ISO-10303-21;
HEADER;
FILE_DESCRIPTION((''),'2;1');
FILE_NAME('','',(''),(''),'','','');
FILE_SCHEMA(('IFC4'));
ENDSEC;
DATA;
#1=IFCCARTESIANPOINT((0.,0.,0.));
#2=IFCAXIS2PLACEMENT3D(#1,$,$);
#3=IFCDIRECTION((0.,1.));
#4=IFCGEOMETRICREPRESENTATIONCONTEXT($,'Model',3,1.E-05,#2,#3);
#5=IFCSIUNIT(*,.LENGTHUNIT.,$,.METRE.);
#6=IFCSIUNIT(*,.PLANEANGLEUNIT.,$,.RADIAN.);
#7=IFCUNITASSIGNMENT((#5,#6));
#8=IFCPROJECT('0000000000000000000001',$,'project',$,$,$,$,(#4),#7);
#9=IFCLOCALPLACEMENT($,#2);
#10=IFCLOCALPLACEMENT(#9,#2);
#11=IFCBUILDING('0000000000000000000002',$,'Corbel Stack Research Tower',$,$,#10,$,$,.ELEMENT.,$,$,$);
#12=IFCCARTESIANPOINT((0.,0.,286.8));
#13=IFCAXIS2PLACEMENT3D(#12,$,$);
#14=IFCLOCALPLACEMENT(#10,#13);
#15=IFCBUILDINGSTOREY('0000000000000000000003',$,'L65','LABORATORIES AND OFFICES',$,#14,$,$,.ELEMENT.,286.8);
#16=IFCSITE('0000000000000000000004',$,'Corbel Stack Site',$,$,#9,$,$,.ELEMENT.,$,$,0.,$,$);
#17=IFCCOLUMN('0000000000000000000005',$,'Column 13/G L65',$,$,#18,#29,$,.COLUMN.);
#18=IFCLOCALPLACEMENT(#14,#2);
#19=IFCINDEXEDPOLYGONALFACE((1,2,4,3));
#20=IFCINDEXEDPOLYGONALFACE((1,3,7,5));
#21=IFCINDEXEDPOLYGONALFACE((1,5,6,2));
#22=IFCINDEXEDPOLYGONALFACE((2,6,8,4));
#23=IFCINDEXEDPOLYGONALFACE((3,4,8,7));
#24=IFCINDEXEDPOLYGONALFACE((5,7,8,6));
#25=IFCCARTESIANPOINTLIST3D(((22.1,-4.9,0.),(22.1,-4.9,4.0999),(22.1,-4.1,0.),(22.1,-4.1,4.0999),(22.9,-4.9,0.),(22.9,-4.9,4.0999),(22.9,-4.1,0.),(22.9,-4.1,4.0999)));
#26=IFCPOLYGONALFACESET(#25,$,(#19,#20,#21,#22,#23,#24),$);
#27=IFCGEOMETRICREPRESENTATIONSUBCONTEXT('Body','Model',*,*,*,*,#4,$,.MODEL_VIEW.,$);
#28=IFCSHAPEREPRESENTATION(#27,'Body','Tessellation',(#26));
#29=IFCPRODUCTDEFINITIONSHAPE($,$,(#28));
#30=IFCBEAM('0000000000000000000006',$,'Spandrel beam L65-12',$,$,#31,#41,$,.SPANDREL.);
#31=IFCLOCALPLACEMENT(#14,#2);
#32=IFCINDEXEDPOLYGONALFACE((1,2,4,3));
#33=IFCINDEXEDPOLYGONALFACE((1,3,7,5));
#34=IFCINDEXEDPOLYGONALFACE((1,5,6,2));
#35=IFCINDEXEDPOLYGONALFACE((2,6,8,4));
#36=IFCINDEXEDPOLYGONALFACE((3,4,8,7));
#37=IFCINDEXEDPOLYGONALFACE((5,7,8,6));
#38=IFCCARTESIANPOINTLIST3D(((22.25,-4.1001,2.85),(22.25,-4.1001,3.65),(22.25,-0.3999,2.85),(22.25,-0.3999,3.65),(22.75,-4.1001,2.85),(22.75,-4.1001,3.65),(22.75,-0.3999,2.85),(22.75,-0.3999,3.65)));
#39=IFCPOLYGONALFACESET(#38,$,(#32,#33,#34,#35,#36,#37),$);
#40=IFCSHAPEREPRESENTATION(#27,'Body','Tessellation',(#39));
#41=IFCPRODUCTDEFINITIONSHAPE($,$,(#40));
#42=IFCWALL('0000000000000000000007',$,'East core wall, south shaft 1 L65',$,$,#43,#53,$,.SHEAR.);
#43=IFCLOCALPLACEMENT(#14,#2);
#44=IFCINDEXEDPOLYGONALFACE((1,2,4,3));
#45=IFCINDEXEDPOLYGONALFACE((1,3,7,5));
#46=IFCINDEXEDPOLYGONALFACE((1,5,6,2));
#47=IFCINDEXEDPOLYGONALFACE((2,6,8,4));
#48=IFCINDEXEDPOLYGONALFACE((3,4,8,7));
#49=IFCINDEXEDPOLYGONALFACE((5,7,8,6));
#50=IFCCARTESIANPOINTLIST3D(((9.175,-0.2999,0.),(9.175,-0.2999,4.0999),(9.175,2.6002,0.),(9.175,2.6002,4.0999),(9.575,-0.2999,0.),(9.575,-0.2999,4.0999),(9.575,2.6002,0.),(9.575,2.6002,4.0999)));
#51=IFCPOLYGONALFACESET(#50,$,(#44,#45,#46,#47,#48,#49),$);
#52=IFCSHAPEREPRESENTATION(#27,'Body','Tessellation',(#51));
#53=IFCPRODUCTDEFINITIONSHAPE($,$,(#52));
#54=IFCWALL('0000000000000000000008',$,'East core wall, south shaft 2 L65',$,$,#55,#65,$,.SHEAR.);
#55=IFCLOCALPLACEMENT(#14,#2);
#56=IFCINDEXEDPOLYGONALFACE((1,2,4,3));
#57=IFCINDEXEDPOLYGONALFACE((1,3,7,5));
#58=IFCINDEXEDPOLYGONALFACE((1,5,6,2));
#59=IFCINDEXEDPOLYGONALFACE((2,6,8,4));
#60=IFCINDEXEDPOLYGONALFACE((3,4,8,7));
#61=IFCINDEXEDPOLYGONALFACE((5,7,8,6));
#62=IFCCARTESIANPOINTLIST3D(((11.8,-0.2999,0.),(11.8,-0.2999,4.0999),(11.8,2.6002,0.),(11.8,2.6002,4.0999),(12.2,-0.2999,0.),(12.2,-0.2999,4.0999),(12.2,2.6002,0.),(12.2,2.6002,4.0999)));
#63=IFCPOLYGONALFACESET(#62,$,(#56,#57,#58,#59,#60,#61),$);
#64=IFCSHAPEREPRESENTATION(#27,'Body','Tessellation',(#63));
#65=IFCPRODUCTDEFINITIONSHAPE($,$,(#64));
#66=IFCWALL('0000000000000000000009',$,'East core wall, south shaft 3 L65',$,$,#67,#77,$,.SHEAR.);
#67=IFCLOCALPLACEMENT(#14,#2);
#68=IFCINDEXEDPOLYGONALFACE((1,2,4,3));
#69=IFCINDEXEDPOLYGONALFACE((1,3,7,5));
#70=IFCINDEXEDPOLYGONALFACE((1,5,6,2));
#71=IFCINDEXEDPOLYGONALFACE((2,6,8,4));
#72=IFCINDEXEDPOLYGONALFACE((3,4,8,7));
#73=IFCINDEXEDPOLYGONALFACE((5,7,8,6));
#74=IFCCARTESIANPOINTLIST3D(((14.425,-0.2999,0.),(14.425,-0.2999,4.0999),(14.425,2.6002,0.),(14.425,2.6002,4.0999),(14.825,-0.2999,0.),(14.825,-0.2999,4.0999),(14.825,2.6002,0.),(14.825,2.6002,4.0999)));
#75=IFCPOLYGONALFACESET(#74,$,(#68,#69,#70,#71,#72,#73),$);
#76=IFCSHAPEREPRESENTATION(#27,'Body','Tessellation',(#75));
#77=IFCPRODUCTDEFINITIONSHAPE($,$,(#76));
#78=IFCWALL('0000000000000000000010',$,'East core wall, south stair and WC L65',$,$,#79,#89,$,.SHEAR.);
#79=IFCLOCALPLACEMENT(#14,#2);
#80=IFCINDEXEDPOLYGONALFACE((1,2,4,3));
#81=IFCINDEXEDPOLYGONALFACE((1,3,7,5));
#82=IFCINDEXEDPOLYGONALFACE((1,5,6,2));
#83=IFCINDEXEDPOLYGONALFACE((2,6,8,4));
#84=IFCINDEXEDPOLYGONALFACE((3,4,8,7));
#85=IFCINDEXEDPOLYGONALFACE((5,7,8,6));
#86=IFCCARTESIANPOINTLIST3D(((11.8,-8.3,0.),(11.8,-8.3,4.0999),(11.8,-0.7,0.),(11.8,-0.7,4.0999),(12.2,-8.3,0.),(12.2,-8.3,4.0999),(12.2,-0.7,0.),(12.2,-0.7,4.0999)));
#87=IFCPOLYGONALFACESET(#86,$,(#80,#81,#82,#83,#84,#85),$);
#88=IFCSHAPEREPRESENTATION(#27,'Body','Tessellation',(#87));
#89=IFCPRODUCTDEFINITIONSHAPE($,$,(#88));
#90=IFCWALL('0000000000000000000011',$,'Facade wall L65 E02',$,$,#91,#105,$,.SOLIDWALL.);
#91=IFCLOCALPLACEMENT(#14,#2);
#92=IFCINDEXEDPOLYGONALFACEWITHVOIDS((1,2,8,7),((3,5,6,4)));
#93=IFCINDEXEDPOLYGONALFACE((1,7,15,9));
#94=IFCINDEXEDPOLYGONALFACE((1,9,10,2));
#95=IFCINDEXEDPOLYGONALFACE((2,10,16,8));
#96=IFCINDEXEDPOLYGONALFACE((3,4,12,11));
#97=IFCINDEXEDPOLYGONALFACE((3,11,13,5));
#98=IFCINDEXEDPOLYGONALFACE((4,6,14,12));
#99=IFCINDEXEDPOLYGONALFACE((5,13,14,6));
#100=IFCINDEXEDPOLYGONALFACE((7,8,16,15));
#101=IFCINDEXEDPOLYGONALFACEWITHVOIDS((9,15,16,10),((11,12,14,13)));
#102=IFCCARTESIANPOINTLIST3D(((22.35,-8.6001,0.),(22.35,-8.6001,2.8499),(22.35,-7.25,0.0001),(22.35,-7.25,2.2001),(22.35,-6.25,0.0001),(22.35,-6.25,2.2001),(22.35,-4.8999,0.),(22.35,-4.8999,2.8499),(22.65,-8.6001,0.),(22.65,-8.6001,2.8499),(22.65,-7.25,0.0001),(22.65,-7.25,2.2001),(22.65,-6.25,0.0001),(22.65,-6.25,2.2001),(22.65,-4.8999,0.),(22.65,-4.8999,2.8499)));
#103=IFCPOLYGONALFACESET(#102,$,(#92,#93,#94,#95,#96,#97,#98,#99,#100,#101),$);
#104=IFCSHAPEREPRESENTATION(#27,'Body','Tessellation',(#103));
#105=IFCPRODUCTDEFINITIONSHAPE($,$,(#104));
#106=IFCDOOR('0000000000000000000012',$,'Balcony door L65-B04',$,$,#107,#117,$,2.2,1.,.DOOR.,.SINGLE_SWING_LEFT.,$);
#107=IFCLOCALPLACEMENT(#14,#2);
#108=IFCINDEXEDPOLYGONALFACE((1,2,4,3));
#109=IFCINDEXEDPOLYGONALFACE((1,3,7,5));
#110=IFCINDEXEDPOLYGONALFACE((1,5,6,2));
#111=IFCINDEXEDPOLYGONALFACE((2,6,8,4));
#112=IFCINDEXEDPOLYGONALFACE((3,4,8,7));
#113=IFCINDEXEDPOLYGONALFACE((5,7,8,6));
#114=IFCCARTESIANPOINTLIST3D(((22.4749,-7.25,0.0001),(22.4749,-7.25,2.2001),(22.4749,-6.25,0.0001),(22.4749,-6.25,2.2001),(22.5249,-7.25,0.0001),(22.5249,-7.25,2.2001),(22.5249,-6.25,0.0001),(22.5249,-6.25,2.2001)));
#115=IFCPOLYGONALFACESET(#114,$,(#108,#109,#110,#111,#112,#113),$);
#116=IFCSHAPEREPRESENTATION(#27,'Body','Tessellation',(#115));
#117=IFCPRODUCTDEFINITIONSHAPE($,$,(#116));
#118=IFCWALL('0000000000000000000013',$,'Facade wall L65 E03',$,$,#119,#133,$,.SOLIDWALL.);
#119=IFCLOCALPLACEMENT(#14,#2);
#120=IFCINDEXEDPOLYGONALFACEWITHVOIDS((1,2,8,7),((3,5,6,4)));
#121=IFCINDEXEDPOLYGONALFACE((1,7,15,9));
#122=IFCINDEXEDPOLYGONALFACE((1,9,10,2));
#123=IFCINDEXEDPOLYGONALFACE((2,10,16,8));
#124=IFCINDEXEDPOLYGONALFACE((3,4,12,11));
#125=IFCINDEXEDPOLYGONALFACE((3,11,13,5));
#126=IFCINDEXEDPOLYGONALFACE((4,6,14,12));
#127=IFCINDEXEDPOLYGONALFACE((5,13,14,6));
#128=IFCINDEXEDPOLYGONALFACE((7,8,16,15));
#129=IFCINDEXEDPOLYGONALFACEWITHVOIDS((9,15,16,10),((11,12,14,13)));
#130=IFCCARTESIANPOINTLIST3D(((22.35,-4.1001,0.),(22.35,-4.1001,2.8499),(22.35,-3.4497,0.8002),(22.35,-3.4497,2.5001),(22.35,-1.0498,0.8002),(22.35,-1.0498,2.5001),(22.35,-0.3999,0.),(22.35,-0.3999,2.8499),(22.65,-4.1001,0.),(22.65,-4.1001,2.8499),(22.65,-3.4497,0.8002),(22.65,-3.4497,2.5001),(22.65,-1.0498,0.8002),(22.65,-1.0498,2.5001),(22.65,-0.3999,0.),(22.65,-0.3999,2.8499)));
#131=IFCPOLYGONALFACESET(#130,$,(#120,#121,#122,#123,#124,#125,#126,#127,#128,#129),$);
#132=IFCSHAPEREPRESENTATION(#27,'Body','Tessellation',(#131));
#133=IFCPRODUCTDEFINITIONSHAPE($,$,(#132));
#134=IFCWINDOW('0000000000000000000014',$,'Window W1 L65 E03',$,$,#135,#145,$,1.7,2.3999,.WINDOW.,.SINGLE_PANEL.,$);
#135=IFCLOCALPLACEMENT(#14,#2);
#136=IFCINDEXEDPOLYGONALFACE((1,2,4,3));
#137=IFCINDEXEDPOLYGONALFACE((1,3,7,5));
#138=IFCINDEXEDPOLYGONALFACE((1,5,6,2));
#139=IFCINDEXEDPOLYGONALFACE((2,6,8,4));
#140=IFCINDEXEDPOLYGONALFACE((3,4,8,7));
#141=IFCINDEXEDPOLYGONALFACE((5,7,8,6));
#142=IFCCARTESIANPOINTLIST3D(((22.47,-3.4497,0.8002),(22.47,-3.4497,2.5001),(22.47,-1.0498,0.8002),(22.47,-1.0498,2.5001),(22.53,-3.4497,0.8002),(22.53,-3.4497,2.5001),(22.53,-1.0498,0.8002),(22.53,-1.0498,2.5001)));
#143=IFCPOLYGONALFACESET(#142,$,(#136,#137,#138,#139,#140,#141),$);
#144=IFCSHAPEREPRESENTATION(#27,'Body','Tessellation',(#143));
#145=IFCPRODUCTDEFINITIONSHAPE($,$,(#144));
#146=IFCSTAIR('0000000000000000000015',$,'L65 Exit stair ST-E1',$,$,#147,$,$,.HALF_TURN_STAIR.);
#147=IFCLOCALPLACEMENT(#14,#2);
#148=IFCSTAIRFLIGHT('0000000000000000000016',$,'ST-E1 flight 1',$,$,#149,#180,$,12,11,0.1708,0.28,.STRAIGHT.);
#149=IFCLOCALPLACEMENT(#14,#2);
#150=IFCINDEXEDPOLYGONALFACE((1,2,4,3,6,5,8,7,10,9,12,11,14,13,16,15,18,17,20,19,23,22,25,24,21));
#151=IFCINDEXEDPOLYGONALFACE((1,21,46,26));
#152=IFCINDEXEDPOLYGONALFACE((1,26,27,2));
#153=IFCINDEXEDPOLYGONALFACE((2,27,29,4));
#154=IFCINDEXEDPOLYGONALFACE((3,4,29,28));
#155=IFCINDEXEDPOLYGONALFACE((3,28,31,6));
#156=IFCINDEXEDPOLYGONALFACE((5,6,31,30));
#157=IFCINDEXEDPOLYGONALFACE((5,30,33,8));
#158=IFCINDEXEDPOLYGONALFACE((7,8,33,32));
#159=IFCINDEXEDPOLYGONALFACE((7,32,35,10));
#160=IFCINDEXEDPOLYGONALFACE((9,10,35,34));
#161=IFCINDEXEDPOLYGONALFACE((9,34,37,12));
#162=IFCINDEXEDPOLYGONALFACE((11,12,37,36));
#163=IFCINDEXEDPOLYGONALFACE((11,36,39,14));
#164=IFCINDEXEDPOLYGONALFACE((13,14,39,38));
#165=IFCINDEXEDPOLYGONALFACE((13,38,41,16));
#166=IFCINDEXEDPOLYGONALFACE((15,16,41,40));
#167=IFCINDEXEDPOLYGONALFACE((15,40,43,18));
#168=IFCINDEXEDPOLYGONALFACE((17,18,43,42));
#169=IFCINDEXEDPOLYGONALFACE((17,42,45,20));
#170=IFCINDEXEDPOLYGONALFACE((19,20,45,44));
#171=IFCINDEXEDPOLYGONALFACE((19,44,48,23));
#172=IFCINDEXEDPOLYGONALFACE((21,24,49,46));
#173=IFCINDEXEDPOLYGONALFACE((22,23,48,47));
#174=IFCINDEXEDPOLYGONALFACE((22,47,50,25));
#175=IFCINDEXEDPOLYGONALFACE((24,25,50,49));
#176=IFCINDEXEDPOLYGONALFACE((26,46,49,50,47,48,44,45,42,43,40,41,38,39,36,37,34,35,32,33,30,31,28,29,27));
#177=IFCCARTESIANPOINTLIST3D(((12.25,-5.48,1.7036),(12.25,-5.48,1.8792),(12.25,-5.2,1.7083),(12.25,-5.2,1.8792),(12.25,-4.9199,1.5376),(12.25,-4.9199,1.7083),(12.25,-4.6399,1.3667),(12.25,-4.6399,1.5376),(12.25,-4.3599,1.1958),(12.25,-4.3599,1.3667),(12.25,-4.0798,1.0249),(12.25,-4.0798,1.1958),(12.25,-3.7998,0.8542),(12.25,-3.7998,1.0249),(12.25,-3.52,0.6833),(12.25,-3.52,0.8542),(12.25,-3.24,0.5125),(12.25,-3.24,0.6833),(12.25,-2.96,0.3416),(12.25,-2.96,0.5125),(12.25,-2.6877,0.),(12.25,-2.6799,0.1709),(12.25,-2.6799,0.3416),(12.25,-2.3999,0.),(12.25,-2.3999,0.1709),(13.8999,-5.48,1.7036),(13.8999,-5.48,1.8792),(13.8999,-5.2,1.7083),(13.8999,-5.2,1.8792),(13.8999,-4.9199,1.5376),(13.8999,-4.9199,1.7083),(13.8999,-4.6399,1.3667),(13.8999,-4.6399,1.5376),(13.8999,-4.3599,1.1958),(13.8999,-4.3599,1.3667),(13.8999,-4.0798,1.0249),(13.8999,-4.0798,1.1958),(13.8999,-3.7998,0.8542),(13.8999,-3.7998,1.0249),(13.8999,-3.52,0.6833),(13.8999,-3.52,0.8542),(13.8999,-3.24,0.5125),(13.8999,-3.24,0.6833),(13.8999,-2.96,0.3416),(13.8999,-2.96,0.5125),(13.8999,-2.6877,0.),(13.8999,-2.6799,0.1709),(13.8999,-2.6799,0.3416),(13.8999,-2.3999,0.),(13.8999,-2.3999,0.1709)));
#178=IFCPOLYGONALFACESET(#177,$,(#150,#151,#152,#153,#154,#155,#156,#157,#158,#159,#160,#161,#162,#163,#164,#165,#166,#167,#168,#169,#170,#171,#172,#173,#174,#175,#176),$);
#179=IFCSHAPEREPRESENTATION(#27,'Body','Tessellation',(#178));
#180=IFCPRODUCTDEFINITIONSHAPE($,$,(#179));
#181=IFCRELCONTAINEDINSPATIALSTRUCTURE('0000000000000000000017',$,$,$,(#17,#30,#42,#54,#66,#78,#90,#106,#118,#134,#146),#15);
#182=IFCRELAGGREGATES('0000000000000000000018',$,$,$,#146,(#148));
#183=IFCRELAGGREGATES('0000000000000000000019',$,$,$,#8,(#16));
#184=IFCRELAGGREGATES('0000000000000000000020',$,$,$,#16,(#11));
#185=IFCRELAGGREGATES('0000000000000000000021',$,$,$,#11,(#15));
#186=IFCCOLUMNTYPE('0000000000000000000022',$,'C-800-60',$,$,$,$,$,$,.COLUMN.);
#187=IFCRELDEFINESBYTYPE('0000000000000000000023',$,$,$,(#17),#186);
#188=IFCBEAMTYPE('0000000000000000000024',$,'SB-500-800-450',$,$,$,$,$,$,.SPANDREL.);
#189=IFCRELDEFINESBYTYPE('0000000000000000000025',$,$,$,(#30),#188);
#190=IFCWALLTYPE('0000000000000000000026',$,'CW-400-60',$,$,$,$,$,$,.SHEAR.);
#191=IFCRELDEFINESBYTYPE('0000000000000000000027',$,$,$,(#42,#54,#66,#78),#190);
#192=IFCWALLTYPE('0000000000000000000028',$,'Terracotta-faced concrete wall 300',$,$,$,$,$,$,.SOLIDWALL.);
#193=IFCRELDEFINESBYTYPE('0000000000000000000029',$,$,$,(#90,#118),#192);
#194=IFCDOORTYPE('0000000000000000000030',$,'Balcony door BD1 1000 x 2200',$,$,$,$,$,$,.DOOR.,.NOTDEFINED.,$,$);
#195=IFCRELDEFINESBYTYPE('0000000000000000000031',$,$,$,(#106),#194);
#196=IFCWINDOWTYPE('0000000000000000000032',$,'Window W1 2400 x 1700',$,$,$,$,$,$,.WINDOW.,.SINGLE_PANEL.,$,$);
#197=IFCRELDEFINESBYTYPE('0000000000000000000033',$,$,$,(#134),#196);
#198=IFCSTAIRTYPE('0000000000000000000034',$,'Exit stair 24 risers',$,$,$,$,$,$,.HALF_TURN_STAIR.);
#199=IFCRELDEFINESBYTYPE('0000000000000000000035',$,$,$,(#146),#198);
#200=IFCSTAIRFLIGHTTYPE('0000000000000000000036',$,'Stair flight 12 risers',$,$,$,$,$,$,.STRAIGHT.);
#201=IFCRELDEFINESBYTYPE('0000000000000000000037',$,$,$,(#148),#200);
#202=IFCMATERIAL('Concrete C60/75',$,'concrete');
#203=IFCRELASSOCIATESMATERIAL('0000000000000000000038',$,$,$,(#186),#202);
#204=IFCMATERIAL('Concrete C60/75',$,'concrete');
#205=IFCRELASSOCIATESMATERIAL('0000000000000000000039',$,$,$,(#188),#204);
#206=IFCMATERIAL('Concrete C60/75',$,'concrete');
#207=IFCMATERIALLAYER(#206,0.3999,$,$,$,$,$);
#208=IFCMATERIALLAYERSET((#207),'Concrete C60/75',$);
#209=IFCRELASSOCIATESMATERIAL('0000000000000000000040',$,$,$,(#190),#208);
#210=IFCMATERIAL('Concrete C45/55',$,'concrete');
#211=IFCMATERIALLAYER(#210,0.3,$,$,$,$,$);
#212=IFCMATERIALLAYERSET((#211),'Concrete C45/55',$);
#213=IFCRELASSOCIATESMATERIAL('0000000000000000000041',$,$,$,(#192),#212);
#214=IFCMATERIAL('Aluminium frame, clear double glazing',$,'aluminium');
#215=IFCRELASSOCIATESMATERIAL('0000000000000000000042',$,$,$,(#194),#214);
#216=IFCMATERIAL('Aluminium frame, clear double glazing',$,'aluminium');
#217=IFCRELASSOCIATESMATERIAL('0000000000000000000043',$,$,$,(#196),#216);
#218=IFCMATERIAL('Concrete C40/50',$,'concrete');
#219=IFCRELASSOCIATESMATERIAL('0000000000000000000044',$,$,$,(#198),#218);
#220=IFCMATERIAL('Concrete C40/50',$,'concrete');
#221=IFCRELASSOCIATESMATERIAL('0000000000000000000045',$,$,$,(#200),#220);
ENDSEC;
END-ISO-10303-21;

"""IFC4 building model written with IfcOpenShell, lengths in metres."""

from ifc_helpers import new_model, si_unit, direction, frame, frame_2d, origin, origin_2d, place, context, subcontext, project, spatial, polyline, rectangle, outline, extrude, material, layer, layer_set, material_profile, profile_set, type_object, element, fill, aggregate, save


model = new_model("IFC4")

# Units and contexts
model_context = context("Model", 3, precision=1e-05, world=origin(), true_north=direction((0.0, 1.0)))
body_context = subcontext(model_context, "Body", "Model", "MODEL_VIEW")
ifc_project = project(units=[si_unit("LENGTHUNIT", "METRE"), si_unit("PLANEANGLEUNIT", "RADIAN")], contexts=[model_context])

# Site, building, storey
site_placement = place(None, origin())
site = spatial("IfcSite", under=ifc_project, at=site_placement, Name="Corbel Stack Site", CompositionType="ELEMENT", RefElevation=0.0)
building_placement = place(site_placement, origin())
building = spatial("IfcBuilding", under=site, at=building_placement, Name="Corbel Stack Research Tower", CompositionType="ELEMENT")
storey_placement = place(building_placement, frame((0.0, 0.0, 286.8)))
storey = spatial("IfcBuildingStorey", under=building, at=storey_placement, Name="L65", Description="LABORATORIES AND OFFICES", CompositionType="ELEMENT", Elevation=286.8)

# Column
ifc_material_1 = material(Name="Concrete C60/75", Category="concrete")
ifc_material_profile_1 = material_profile(ifc_material_1, rectangle(XDim=0.8, YDim=0.8, at=origin_2d()), Name="RC 800 x 800")
ifc_profile_set_1 = profile_set([ifc_material_profile_1], Name="Concrete C60/75")
column_type = type_object("IfcColumnType", Name="C-800-60", PredefinedType="COLUMN", material=ifc_profile_set_1)
column_placement = place(storey_placement, frame((22.5, -4.5, 0.0), z_axis=(0.0, 0.0, 1.0), x_axis=(1.0, 0.0, 0.0)))
element("IfcColumn", 1, at=column_placement, inside=storey, type_object=column_type, Name="Column 13/G L65", PredefinedType="COLUMN", context=body_context, shape_type="SweptSolid", body=[
    extrude(rectangle(XDim=0.8, YDim=0.8, at=origin_2d()), origin(), (0.0, 0.0, 1.0), 4.0999),
])

# Beam
ifc_material_2 = material(Name="Concrete C60/75", Category="concrete")
ifc_material_profile_2 = material_profile(ifc_material_2, rectangle(XDim=0.5, YDim=0.8, at=origin_2d()), Name="RC 500 x 800")
ifc_profile_set_2 = profile_set([ifc_material_profile_2], Name="Concrete C60/75")
beam_type = type_object("IfcBeamType", Name="SB-500-800-450", PredefinedType="SPANDREL", material=ifc_profile_set_2)
beam_placement = place(storey_placement, frame((22.5, -4.1001, 3.25), z_axis=(0.0, 1.0, 0.0), x_axis=(-1.0, 0.0, 0.0)))
element("IfcBeam", 2, at=beam_placement, inside=storey, type_object=beam_type, Name="Spandrel beam L65-12", PredefinedType="SPANDREL", context=body_context, shape_type="SweptSolid", body=[
    extrude(rectangle(XDim=0.5, YDim=0.8, at=origin_2d()), origin(), (0.0, 0.0, 1.0), 3.7002),
])

# Walls
ifc_material_3 = material(Name="Concrete C60/75", Category="concrete")
ifc_layer_1 = layer(ifc_material_3, 0.3999)
ifc_layer_set_1 = layer_set([ifc_layer_1], Name="Concrete C60/75")
wall_type_1 = type_object("IfcWallType", Name="CW-400-60", PredefinedType="SHEAR", material=ifc_layer_set_1)
for number, where, z_axis, x_axis, name in (
    (3, (9.375, -0.3, 0.0), (0.0, 0.0, 1.0), (0.0, 1.0, 0.0), "East core wall, south shaft 1 L65"),
    (4, (12.0, -0.3, 0.0), (0.0, 0.0, 1.0), (0.0, 1.0, 0.0), "East core wall, south shaft 2 L65"),
    (5, (14.625, -0.3, 0.0), (0.0, 0.0, 1.0), (0.0, 1.0, 0.0), "East core wall, south shaft 3 L65"),
):
    element("IfcWall", number, at=place(storey_placement, frame(where, z_axis=z_axis, x_axis=x_axis)), inside=storey, type_object=wall_type_1, Name=name, PredefinedType="SHEAR", context=body_context, shape_type="SweptSolid", body=[
        extrude(rectangle(XDim=2.9001, YDim=0.3999, at=frame_2d((1.4502, 0.0))), origin(), (0.0, 0.0, 1.0), 4.0999),
    ])
wall_1_placement = place(storey_placement, frame((12.0, -8.3, 0.0), z_axis=(0.0, 0.0, 1.0), x_axis=(0.0, 1.0, 0.0)))
element("IfcWall", 6, at=wall_1_placement, inside=storey, type_object=wall_type_1, Name="East core wall, south stair and WC L65", PredefinedType="SHEAR", context=body_context, shape_type="SweptSolid", body=[
    extrude(rectangle(XDim=7.6001, YDim=0.3999, at=frame_2d((3.8, 0.0))), origin(), (0.0, 0.0, 1.0), 4.0999),
])

# Wall, opening, door
ifc_material_4 = material(Name="Concrete C45/55", Category="concrete")
ifc_layer_2 = layer(ifc_material_4, 0.3)
ifc_layer_set_2 = layer_set([ifc_layer_2], Name="Concrete C45/55")
wall_type_2 = type_object("IfcWallType", Name="Terracotta-faced concrete wall 300", PredefinedType="SOLIDWALL", material=ifc_layer_set_2)
wall_2_placement = place(storey_placement, frame((22.5, -4.8999, 0.0), z_axis=(0.0, 0.0, 1.0), x_axis=(0.0, -1.0, 0.0)))
wall_2 = element("IfcWall", 7, at=wall_2_placement, inside=storey, type_object=wall_type_2, Name="Facade wall L65 E02", PredefinedType="SOLIDWALL", context=body_context, shape_type="SweptSolid", body=[
    extrude(rectangle(XDim=3.7002, YDim=0.3, at=frame_2d((1.8501, 0.0))), origin(), (0.0, 0.0, 1.0), 2.8499),
])
opening_1_placement = place(wall_2_placement, frame((1.3501, 0.0, 0.0)))
opening_1 = element("IfcOpeningElement", 8, at=opening_1_placement, cuts=wall_2, PredefinedType="OPENING", context=body_context, shape_type="SweptSolid", body=[
    extrude(rectangle(XDim=1.0, YDim=2.2, at=frame_2d((0.5, 1.1001))), frame((0.0, 0.1599, 0.0), z_axis=(0.0, -1.0, 0.0), x_axis=(1.0, 0.0, 0.0)), (0.0, 0.0, 1.0), 0.3201),
])
ifc_material_5 = material(Name="Aluminium frame, clear double glazing", Category="aluminium")
door_type = type_object("IfcDoorType", Name="Balcony door BD1 1000 x 2200", OperationType="NOTDEFINED", PredefinedType="DOOR", material=ifc_material_5)
door_placement = place(opening_1_placement, origin())
door = element("IfcDoor", 9, at=door_placement, inside=storey, type_object=door_type, Name="Balcony door L65-B04", OperationType="SINGLE_SWING_LEFT", OverallHeight=2.2, OverallWidth=1.0, PredefinedType="DOOR", context=body_context, shape_type="SweptSolid", body=[
    extrude(rectangle(XDim=1.0, YDim=2.2, at=frame_2d((0.5, 1.1001))), frame((0.0, 0.0249, 0.0), z_axis=(0.0, -1.0, 0.0), x_axis=(1.0, 0.0, 0.0)), (0.0, 0.0, 1.0), 0.05),
])
fill(opening_1, door)

# Wall, opening, window
wall_3_placement = place(storey_placement, frame((22.5, -0.3999, 0.0), z_axis=(0.0, 0.0, 1.0), x_axis=(0.0, -1.0, 0.0)))
wall_3 = element("IfcWall", 10, at=wall_3_placement, inside=storey, type_object=wall_type_2, Name="Facade wall L65 E03", PredefinedType="SOLIDWALL", context=body_context, shape_type="SweptSolid", body=[
    extrude(rectangle(XDim=3.7002, YDim=0.3, at=frame_2d((1.8501, 0.0))), origin(), (0.0, 0.0, 1.0), 2.8499),
])
opening_2_placement = place(wall_3_placement, frame((0.6499, 0.0, 0.8)))
opening_2 = element("IfcOpeningElement", 11, at=opening_2_placement, cuts=wall_3, PredefinedType="OPENING", context=body_context, shape_type="SweptSolid", body=[
    extrude(rectangle(XDim=2.3999, YDim=1.7, at=frame_2d((1.2, 0.8501))), frame((0.0, 0.1599, 0.0), z_axis=(0.0, -1.0, 0.0), x_axis=(1.0, 0.0, 0.0)), (0.0, 0.0, 1.0), 0.3201),
])
ifc_material_6 = material(Name="Aluminium frame, clear double glazing", Category="aluminium")
window_type = type_object("IfcWindowType", Name="Window W1 2400 x 1700", PartitioningType="SINGLE_PANEL", PredefinedType="WINDOW", material=ifc_material_6)
window_placement = place(opening_2_placement, origin())
window = element("IfcWindow", 12, at=window_placement, inside=storey, type_object=window_type, Name="Window W1 L65 E03", OverallHeight=1.7, OverallWidth=2.3999, PartitioningType="SINGLE_PANEL", PredefinedType="WINDOW", context=body_context, shape_type="SweptSolid", body=[
    extrude(rectangle(XDim=2.3999, YDim=1.7, at=frame_2d((1.2, 0.8501))), frame((0.0, 0.03, 0.0), z_axis=(0.0, -1.0, 0.0), x_axis=(1.0, 0.0, 0.0)), (0.0, 0.0, 1.0), 0.0601),
])
fill(opening_2, window)

# Stair, stair flight
ifc_material_7 = material(Name="Concrete C40/50", Category="concrete")
stair_type = type_object("IfcStairType", Name="Exit stair 24 risers", PredefinedType="HALF_TURN_STAIR", material=ifc_material_7)
stair_placement = place(storey_placement, origin())
stair = element("IfcStair", 13, at=stair_placement, inside=storey, type_object=stair_type, Name="L65 Exit stair ST-E1", PredefinedType="HALF_TURN_STAIR")
ifc_material_8 = material(Name="Concrete C40/50", Category="concrete")
stair_flight_type = type_object("IfcStairFlightType", Name="Stair flight 12 risers", PredefinedType="STRAIGHT", material=ifc_material_8)
stair_flight_1_placement = place(storey_placement, frame((13.075, -2.3999, 0.0), z_axis=(0.0, 0.0, 1.0), x_axis=(0.0, -1.0, 0.0)))
stair_flight_1 = element("IfcStairFlight", 14, at=stair_flight_1_placement, type_object=stair_flight_type, Name="ST-E1 flight 1", NumberOfRisers=12, NumberOfTreads=11, PredefinedType="STRAIGHT", RiserHeight=0.1708, TreadLength=0.28, context=body_context, shape_type="SweptSolid", body=[
    extrude(outline(polyline([(0.0, 0.0), (0.0, 0.1709), (0.28, 0.1709), (0.28, 0.3416), (0.5601, 0.3416), (0.5601, 0.5125), (0.8401, 0.5125), (0.8401, 0.6833), (1.1201, 0.6833), (1.1201, 0.8542), (1.3999, 0.8542), (1.3999, 1.0249), (1.6799, 1.0249), (1.6799, 1.1958), (1.96, 1.1958), (1.96, 1.3667), (2.24, 1.3667), (2.24, 1.5376), (2.52, 1.5376), (2.52, 1.7083), (2.8, 1.7083), (2.8, 1.8792), (3.0801, 1.8792), (3.0801, 2.05), (3.0801, 1.7036), (0.2878, 0.0), (0.0, 0.0)])), frame((0.0, 0.825, 0.0), z_axis=(0.0, -1.0, 0.0), x_axis=(1.0, 0.0, 0.0)), (0.0, 0.0, 1.0), 1.6499),
])
aggregate(stair, [stair_flight_1])

save(model, "model.ifc")
